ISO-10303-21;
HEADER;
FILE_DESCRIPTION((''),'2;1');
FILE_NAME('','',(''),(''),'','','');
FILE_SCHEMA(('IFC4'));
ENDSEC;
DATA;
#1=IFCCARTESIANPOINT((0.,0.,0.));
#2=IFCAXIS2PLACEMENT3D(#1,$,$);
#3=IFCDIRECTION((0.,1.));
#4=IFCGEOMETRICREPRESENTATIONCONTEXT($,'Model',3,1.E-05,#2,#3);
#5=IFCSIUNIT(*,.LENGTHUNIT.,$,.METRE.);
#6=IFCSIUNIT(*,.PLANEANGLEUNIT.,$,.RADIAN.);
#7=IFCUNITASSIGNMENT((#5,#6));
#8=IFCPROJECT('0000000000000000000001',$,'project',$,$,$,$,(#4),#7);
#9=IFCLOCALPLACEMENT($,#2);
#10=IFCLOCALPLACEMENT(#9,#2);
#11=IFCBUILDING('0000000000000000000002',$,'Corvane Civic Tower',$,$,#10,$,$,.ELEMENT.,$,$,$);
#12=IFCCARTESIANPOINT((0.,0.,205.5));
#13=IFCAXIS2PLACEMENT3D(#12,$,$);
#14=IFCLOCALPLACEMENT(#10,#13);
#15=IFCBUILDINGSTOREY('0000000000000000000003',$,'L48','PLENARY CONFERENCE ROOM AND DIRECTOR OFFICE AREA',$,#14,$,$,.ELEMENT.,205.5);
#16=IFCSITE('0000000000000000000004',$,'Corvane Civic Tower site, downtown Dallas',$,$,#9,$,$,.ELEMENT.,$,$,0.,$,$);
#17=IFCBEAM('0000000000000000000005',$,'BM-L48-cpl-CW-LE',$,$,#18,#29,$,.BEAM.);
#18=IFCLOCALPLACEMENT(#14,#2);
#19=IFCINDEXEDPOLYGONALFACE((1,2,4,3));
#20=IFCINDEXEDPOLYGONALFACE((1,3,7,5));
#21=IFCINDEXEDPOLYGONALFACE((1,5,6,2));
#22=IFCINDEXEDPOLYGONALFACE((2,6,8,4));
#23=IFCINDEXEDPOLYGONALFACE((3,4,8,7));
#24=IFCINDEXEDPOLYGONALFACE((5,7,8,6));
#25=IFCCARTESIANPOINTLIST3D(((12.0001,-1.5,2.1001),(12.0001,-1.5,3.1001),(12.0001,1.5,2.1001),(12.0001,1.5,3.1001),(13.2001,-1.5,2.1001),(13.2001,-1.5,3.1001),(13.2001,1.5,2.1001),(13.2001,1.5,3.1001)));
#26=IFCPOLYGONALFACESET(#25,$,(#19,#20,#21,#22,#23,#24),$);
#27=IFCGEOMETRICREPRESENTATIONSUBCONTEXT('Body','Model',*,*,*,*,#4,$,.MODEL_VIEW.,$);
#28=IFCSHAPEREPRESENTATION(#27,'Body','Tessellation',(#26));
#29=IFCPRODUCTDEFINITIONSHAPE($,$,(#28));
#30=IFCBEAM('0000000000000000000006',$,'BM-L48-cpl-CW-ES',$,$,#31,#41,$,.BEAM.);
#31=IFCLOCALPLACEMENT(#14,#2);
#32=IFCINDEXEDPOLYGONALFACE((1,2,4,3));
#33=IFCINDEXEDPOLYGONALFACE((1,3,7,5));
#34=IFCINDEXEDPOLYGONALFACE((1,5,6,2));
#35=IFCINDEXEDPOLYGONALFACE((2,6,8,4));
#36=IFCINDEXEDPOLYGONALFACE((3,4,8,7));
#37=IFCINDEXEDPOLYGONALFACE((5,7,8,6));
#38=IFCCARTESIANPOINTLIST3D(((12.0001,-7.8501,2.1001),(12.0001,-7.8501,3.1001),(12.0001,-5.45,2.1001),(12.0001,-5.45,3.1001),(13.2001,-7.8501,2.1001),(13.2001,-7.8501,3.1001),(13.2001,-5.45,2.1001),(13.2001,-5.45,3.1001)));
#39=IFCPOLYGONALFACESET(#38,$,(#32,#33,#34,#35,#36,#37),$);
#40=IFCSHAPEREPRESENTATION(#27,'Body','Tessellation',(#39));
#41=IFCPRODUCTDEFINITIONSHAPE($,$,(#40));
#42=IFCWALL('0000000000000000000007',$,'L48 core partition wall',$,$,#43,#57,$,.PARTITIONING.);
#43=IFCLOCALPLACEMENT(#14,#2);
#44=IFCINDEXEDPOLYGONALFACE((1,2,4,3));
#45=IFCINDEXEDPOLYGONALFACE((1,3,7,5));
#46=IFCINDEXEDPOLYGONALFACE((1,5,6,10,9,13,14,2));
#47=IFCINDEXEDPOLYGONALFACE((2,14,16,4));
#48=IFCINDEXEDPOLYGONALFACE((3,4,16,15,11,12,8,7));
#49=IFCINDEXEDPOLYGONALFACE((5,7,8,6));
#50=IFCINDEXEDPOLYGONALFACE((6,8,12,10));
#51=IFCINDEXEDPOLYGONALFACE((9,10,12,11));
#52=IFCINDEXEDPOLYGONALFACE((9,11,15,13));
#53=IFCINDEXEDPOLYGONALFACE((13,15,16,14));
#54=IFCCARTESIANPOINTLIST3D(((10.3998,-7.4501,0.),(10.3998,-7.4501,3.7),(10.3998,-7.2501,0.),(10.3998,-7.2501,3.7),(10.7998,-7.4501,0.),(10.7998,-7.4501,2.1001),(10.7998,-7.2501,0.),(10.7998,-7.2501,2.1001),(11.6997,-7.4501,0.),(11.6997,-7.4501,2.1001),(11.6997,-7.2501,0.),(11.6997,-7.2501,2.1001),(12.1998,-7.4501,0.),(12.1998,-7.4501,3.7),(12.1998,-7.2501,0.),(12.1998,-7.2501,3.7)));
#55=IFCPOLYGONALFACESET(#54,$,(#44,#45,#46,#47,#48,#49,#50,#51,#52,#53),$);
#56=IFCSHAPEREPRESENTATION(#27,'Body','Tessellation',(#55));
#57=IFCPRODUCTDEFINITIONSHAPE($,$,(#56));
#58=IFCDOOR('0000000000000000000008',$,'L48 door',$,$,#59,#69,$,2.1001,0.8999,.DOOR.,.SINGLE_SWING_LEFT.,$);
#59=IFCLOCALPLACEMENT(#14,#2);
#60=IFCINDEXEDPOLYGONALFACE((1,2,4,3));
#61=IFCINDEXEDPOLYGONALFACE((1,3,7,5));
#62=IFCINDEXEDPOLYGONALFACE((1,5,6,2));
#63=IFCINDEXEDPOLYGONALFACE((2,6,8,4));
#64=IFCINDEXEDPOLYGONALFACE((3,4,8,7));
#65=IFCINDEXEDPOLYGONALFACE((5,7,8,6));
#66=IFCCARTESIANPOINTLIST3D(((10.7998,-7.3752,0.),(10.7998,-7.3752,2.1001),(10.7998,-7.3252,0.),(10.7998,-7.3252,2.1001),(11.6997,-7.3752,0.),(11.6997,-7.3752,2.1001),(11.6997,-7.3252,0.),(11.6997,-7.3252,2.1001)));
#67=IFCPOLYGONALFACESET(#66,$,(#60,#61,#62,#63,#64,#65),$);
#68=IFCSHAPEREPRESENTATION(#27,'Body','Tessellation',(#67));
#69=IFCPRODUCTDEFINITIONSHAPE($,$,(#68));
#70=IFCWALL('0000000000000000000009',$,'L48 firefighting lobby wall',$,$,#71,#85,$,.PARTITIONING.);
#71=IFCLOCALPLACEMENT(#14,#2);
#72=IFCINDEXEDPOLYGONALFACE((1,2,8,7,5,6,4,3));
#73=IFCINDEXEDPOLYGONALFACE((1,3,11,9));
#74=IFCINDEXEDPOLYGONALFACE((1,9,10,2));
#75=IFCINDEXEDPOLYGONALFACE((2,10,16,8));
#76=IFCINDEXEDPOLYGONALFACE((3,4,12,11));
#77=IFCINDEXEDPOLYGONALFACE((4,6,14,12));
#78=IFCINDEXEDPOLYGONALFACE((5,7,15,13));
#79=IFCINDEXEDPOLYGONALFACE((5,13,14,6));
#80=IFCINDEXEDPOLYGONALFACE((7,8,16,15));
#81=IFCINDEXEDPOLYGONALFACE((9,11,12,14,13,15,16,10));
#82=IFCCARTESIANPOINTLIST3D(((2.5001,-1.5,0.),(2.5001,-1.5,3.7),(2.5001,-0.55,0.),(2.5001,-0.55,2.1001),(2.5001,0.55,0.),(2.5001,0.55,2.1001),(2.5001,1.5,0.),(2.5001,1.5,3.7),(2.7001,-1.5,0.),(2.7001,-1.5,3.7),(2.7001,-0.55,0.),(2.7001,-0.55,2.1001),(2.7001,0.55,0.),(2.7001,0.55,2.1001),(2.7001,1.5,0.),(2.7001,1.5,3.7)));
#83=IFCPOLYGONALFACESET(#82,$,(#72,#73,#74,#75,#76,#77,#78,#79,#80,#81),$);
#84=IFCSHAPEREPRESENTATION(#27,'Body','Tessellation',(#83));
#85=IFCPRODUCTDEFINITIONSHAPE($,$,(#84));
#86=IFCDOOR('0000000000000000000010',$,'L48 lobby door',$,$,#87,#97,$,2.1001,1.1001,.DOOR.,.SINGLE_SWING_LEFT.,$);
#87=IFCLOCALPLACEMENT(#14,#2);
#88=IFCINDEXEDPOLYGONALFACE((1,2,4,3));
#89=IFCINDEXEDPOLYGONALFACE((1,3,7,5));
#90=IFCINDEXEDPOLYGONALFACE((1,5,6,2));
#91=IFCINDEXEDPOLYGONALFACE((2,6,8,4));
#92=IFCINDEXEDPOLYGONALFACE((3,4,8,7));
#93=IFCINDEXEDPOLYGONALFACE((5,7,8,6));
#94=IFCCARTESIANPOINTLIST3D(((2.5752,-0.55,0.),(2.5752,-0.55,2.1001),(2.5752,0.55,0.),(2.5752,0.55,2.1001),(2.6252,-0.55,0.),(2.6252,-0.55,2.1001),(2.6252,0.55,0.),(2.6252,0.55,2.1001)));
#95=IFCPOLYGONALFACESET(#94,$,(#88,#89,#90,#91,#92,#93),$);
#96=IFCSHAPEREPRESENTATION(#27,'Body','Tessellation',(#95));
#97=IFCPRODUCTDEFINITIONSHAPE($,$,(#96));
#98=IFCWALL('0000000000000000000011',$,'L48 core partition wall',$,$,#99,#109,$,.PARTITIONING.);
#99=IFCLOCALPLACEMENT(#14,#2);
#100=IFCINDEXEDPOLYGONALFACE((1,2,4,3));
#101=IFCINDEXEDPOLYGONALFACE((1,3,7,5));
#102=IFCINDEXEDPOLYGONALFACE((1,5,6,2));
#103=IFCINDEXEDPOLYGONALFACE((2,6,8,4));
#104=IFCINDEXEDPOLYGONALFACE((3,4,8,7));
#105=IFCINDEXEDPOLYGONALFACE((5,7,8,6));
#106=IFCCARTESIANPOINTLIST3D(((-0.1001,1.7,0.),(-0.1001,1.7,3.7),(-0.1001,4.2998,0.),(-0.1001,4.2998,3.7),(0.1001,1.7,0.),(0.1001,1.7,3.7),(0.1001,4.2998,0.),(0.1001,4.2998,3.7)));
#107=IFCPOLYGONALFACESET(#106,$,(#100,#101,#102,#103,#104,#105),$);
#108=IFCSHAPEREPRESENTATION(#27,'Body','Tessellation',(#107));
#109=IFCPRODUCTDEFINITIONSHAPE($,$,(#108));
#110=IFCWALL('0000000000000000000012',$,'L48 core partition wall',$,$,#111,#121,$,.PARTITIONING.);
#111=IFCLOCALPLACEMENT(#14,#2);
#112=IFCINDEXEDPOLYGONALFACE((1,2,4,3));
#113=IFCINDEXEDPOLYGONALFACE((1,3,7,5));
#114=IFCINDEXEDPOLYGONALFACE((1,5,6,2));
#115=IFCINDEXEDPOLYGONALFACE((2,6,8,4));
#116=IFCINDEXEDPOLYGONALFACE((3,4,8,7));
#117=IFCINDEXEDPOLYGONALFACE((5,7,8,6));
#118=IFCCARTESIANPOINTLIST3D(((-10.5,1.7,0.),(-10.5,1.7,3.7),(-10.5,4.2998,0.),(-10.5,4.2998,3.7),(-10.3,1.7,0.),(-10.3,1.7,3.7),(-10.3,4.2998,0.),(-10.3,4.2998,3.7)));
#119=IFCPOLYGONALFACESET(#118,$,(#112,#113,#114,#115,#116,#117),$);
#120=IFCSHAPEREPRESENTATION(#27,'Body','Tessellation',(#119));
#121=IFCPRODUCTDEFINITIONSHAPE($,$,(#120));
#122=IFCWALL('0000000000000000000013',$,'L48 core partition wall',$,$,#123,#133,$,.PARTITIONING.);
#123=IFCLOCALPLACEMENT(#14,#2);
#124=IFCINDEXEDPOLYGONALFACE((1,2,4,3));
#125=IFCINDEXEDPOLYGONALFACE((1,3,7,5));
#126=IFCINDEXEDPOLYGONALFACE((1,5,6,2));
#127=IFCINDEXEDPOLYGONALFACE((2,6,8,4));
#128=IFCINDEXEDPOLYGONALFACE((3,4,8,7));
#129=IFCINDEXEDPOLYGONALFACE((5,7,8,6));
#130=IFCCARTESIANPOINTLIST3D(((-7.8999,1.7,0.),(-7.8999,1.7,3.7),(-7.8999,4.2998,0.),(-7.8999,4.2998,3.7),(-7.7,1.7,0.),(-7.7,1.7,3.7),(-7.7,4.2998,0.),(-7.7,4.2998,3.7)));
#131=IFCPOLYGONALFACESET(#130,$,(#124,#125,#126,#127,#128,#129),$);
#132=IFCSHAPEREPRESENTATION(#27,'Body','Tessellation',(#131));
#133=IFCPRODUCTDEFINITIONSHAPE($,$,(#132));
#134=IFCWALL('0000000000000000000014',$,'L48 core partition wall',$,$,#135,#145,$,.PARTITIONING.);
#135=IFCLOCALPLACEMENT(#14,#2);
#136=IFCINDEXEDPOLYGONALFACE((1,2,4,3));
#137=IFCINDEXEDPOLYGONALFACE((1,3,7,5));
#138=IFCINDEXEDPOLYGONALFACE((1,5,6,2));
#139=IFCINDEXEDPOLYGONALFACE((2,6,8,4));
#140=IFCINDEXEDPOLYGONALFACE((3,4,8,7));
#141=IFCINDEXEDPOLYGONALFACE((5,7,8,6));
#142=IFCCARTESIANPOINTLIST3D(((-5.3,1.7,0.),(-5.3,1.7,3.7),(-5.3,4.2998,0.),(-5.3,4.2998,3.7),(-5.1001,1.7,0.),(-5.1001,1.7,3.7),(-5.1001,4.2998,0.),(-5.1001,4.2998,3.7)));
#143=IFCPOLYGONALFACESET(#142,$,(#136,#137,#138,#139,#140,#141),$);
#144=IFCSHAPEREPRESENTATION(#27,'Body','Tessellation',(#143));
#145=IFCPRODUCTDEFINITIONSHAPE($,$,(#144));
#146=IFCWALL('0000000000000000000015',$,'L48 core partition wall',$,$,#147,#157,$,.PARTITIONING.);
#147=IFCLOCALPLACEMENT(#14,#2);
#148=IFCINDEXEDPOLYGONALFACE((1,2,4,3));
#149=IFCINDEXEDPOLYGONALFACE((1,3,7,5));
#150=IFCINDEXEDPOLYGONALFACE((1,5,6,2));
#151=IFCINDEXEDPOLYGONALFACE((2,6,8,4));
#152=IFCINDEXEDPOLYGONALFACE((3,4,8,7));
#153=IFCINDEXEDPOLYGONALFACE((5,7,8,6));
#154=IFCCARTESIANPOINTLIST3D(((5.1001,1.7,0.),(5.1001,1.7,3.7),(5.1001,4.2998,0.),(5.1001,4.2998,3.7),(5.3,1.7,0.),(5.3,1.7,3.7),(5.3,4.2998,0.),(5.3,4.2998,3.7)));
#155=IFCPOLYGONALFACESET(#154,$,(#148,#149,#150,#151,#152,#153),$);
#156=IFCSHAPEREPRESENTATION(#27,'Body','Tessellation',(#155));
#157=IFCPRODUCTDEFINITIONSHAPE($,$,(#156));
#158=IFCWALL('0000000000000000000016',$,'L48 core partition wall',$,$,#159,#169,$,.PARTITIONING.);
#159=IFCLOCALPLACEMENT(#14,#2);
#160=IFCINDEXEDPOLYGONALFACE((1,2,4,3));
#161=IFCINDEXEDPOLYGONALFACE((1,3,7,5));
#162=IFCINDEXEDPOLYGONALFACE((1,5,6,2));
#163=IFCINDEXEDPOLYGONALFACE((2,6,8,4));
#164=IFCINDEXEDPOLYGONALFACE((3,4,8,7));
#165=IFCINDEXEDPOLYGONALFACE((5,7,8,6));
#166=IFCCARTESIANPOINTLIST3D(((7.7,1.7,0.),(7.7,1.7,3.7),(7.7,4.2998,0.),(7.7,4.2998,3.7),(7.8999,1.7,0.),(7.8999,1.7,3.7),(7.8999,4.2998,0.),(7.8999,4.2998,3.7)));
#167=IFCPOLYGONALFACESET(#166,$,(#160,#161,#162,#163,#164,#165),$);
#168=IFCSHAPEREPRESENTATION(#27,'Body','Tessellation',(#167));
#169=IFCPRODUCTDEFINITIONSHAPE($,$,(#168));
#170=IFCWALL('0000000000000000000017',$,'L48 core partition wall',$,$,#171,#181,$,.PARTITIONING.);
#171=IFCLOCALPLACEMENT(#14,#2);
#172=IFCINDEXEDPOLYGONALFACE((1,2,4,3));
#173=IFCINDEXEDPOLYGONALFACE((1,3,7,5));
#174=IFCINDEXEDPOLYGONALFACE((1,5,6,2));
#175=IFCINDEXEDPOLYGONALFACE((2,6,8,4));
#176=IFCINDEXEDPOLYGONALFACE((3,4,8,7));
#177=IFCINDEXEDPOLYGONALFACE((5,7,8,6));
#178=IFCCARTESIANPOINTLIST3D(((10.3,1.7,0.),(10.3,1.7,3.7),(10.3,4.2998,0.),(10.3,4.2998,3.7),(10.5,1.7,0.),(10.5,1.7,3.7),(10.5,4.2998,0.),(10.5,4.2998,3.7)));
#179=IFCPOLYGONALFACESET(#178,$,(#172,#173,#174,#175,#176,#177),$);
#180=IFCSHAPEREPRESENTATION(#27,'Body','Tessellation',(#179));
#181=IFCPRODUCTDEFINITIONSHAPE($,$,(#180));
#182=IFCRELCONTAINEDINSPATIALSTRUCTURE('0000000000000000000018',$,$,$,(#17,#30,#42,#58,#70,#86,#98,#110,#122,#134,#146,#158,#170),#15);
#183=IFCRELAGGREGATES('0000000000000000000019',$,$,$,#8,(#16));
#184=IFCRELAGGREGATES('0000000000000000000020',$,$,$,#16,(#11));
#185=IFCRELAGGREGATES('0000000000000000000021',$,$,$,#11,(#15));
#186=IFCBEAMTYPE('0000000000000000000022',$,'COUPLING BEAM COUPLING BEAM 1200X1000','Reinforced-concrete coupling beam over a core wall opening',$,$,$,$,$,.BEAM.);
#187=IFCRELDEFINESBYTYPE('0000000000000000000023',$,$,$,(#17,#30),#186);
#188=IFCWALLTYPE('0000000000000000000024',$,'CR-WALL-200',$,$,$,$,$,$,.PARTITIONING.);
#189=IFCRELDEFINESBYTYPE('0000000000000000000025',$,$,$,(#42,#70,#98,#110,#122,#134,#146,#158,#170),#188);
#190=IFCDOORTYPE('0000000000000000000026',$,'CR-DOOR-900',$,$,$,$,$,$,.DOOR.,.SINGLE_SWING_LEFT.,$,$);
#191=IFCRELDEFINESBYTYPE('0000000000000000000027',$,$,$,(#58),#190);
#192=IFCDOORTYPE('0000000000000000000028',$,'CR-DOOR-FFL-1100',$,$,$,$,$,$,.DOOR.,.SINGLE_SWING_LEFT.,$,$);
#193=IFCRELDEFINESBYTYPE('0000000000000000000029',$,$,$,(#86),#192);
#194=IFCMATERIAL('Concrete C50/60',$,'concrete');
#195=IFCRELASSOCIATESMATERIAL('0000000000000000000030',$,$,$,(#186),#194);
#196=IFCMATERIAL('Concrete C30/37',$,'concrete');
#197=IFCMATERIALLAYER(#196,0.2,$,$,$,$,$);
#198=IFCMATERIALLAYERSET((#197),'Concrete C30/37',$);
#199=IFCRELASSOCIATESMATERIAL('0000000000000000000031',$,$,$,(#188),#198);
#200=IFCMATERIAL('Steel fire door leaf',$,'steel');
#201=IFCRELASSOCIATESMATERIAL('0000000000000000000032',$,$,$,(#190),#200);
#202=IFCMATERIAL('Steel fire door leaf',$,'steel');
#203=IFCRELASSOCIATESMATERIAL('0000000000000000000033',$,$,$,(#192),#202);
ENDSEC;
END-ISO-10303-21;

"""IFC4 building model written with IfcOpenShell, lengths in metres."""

from ifc_helpers import new_model, si_unit, direction, frame, frame_2d, origin, origin_2d, place, context, subcontext, project, spatial, polyline, rectangle, outline, extrude, material, layer, layer_set, material_profile, profile_set, type_object, element, fill, save


model = new_model("IFC4")

# Units and contexts
model_context = context("Model", 3, precision=1e-05, world=origin(), true_north=direction((0.0, 1.0)))
body_context = subcontext(model_context, "Body", "Model", "MODEL_VIEW")
ifc_project = project(units=[si_unit("LENGTHUNIT", "METRE"), si_unit("PLANEANGLEUNIT", "RADIAN")], contexts=[model_context])

# Site, building, storey
site_placement = place(None, origin())
site = spatial("IfcSite", under=ifc_project, at=site_placement, Name="Corvane Civic Tower site, downtown Dallas", CompositionType="ELEMENT", RefElevation=0.0)
building_placement = place(site_placement, origin())
building = spatial("IfcBuilding", under=site, at=building_placement, Name="Corvane Civic Tower", CompositionType="ELEMENT")
storey_placement = place(building_placement, frame((0.0, 0.0, 205.5)))
storey = spatial("IfcBuildingStorey", under=building, at=storey_placement, Name="L48", Description="PLENARY CONFERENCE ROOM AND DIRECTOR OFFICE AREA", CompositionType="ELEMENT", Elevation=205.5)

# Beams
ifc_material_1 = material(Name="Concrete C50/60", Category="concrete")
ifc_material_profile = material_profile(ifc_material_1, rectangle(XDim=1.2, YDim=1.0, at=origin_2d()), Name="COUPLING BEAM 1200X1000")
ifc_profile_set = profile_set([ifc_material_profile], Name="Concrete C50/60")
beam_type = type_object("IfcBeamType", Name="COUPLING BEAM COUPLING BEAM 1200X1000", Description="Reinforced-concrete coupling beam over a core wall opening", PredefinedType="BEAM", material=ifc_profile_set)
beam_1_placement = place(storey_placement, frame((12.6001, -1.5, 2.6001), z_axis=(0.0, 1.0, 0.0), x_axis=(-1.0, 0.0, 0.0)))
element("IfcBeam", 1, at=beam_1_placement, inside=storey, type_object=beam_type, Name="BM-L48-cpl-CW-LE", PredefinedType="BEAM", context=body_context, shape_type="SweptSolid", body=[
    extrude(rectangle(XDim=1.2, YDim=1.0, at=origin_2d()), origin(), (0.0, 0.0, 1.0), 3.0),
])
beam_2_placement = place(storey_placement, frame((12.6001, -7.8501, 2.6001), z_axis=(0.0, 1.0, 0.0), x_axis=(-1.0, 0.0, 0.0)))
element("IfcBeam", 2, at=beam_2_placement, inside=storey, type_object=beam_type, Name="BM-L48-cpl-CW-ES", PredefinedType="BEAM", context=body_context, shape_type="SweptSolid", body=[
    extrude(rectangle(XDim=1.2, YDim=1.0, at=origin_2d()), origin(), (0.0, 0.0, 1.0), 2.4001),
])

# Walls, openings, doors
ifc_material_2 = material(Name="Concrete C30/37", Category="concrete")
ifc_layer_1 = layer(ifc_material_2, 0.2)
ifc_layer_set_1 = layer_set([ifc_layer_1], Name="Concrete C30/37")
wall_type_1 = type_object("IfcWallType", Name="CR-WALL-200", PredefinedType="PARTITIONING", material=ifc_layer_set_1)
wall_1_placement = place(storey_placement, frame((10.3999, -7.3501, 0.0), z_axis=(0.0, 0.0, 1.0), x_axis=(1.0, 0.0, 0.0)))
wall_1 = element("IfcWall", 3, at=wall_1_placement, inside=storey, type_object=wall_type_1, Name="L48 core partition wall", PredefinedType="PARTITIONING", context=body_context, shape_type="SweptSolid", body=[
    extrude(rectangle(XDim=1.8, YDim=0.2, at=frame_2d((0.8999, 0.0))), origin(), (0.0, 0.0, 1.0), 3.7),
])
opening_1_placement = place(wall_1_placement, frame((0.3999, 0.0, 0.0)))
opening_1 = element("IfcOpeningElement", 4, at=opening_1_placement, cuts=wall_1, PredefinedType="OPENING", context=body_context, shape_type="SweptSolid", body=[
    extrude(rectangle(XDim=0.8999, YDim=2.1001, at=frame_2d((0.45, 1.05))), frame((0.0, 0.1099, 0.0), z_axis=(0.0, -1.0, 0.0), x_axis=(1.0, 0.0, 0.0)), (0.0, 0.0, 1.0), 0.22),
])
ifc_material_3 = material(Name="Steel fire door leaf", Category="steel")
door_type_1 = type_object("IfcDoorType", Name="CR-DOOR-900", OperationType="SINGLE_SWING_LEFT", PredefinedType="DOOR", material=ifc_material_3)
door_1_placement = place(opening_1_placement, origin())
door_1 = element("IfcDoor", 5, at=door_1_placement, inside=storey, type_object=door_type_1, Name="L48 door", OperationType="SINGLE_SWING_LEFT", OverallHeight=2.1001, OverallWidth=0.8999, PredefinedType="DOOR", context=body_context, shape_type="SweptSolid", body=[
    extrude(rectangle(XDim=0.8999, YDim=2.1001, at=frame_2d((0.45, 1.05))), frame((0.0, 0.0249, 0.0), z_axis=(0.0, -1.0, 0.0), x_axis=(1.0, 0.0, 0.0)), (0.0, 0.0, 1.0), 0.05),
])
fill(opening_1, door_1)
wall_2_placement = place(storey_placement, frame((2.6001, -1.5, 0.0), z_axis=(0.0, 0.0, 1.0), x_axis=(0.0, 1.0, 0.0)))
wall_2 = element("IfcWall", 6, at=wall_2_placement, inside=storey, type_object=wall_type_1, Name="L48 firefighting lobby wall", PredefinedType="PARTITIONING", context=body_context, shape_type="SweptSolid", body=[
    extrude(rectangle(XDim=3.0, YDim=0.2, at=frame_2d((1.5, 0.0))), origin(), (0.0, 0.0, 1.0), 3.7),
])
opening_2_placement = place(wall_2_placement, frame((0.95, 0.0, 0.0)))
opening_2 = element("IfcOpeningElement", 7, at=opening_2_placement, cuts=wall_2, PredefinedType="OPENING", context=body_context, shape_type="SweptSolid", body=[
    extrude(rectangle(XDim=1.1001, YDim=2.1001, at=frame_2d((0.55, 1.05))), frame((0.0, 0.1099, 0.0), z_axis=(0.0, -1.0, 0.0), x_axis=(1.0, 0.0, 0.0)), (0.0, 0.0, 1.0), 0.22),
])
ifc_material_4 = material(Name="Steel fire door leaf", Category="steel")
door_type_2 = type_object("IfcDoorType", Name="CR-DOOR-FFL-1100", OperationType="SINGLE_SWING_LEFT", PredefinedType="DOOR", material=ifc_material_4)
door_2_placement = place(opening_2_placement, origin())
door_2 = element("IfcDoor", 8, at=door_2_placement, inside=storey, type_object=door_type_2, Name="L48 lobby door", OperationType="SINGLE_SWING_LEFT", OverallHeight=2.1001, OverallWidth=1.1001, PredefinedType="DOOR", context=body_context, shape_type="SweptSolid", body=[
    extrude(rectangle(XDim=1.1001, YDim=2.1001, at=frame_2d((0.55, 1.05))), frame((0.0, 0.0249, 0.0), z_axis=(0.0, -1.0, 0.0), x_axis=(1.0, 0.0, 0.0)), (0.0, 0.0, 1.0), 0.05),
])
fill(opening_2, door_2)

# Walls
wall_3_placement = place(storey_placement, origin())
element("IfcWall", 9, at=wall_3_placement, inside=storey, type_object=wall_type_1, Name="L48 core partition wall", PredefinedType="PARTITIONING", context=body_context, shape_type="SweptSolid", body=[
    extrude(outline(polyline([(0.1001, 1.7), (-0.1001, 1.7), (-0.1001, 4.2998), (0.1001, 4.2998), (0.1001, 1.7)])), origin(), (0.0, 0.0, 1.0), 3.7),
])
wall_4_placement = place(storey_placement, origin())
element("IfcWall", 10, at=wall_4_placement, inside=storey, type_object=wall_type_1, Name="L48 core partition wall", PredefinedType="PARTITIONING", context=body_context, shape_type="SweptSolid", body=[
    extrude(outline(polyline([(-10.3, 1.7), (-10.5, 1.7), (-10.5, 4.2998), (-10.3, 4.2998), (-10.3, 1.7)])), origin(), (0.0, 0.0, 1.0), 3.7),
])
wall_5_placement = place(storey_placement, origin())
element("IfcWall", 11, at=wall_5_placement, inside=storey, type_object=wall_type_1, Name="L48 core partition wall", PredefinedType="PARTITIONING", context=body_context, shape_type="SweptSolid", body=[
    extrude(outline(polyline([(-7.7, 1.7), (-7.8999, 1.7), (-7.8999, 4.2998), (-7.7, 4.2998), (-7.7, 1.7)])), origin(), (0.0, 0.0, 1.0), 3.7),
])
wall_6_placement = place(storey_placement, origin())
element("IfcWall", 12, at=wall_6_placement, inside=storey, type_object=wall_type_1, Name="L48 core partition wall", PredefinedType="PARTITIONING", context=body_context, shape_type="SweptSolid", body=[
    extrude(outline(polyline([(-5.1001, 1.7), (-5.3, 1.7), (-5.3, 4.2998), (-5.1001, 4.2998), (-5.1001, 1.7)])), origin(), (0.0, 0.0, 1.0), 3.7),
])
wall_7_placement = place(storey_placement, origin())
element("IfcWall", 13, at=wall_7_placement, inside=storey, type_object=wall_type_1, Name="L48 core partition wall", PredefinedType="PARTITIONING", context=body_context, shape_type="SweptSolid", body=[
    extrude(outline(polyline([(5.3, 1.7), (5.1001, 1.7), (5.1001, 4.2998), (5.3, 4.2998), (5.3, 1.7)])), origin(), (0.0, 0.0, 1.0), 3.7),
])
wall_8_placement = place(storey_placement, origin())
element("IfcWall", 14, at=wall_8_placement, inside=storey, type_object=wall_type_1, Name="L48 core partition wall", PredefinedType="PARTITIONING", context=body_context, shape_type="SweptSolid", body=[
    extrude(outline(polyline([(7.8999, 1.7), (7.7, 1.7), (7.7, 4.2998), (7.8999, 4.2998), (7.8999, 1.7)])), origin(), (0.0, 0.0, 1.0), 3.7),
])
wall_9_placement = place(storey_placement, origin())
element("IfcWall", 15, at=wall_9_placement, inside=storey, type_object=wall_type_1, Name="L48 core partition wall", PredefinedType="PARTITIONING", context=body_context, shape_type="SweptSolid", body=[
    extrude(outline(polyline([(10.5, 1.7), (10.3, 1.7), (10.3, 4.2998), (10.5, 4.2998), (10.5, 1.7)])), origin(), (0.0, 0.0, 1.0), 3.7),
])

save(model, "model.ifc")
